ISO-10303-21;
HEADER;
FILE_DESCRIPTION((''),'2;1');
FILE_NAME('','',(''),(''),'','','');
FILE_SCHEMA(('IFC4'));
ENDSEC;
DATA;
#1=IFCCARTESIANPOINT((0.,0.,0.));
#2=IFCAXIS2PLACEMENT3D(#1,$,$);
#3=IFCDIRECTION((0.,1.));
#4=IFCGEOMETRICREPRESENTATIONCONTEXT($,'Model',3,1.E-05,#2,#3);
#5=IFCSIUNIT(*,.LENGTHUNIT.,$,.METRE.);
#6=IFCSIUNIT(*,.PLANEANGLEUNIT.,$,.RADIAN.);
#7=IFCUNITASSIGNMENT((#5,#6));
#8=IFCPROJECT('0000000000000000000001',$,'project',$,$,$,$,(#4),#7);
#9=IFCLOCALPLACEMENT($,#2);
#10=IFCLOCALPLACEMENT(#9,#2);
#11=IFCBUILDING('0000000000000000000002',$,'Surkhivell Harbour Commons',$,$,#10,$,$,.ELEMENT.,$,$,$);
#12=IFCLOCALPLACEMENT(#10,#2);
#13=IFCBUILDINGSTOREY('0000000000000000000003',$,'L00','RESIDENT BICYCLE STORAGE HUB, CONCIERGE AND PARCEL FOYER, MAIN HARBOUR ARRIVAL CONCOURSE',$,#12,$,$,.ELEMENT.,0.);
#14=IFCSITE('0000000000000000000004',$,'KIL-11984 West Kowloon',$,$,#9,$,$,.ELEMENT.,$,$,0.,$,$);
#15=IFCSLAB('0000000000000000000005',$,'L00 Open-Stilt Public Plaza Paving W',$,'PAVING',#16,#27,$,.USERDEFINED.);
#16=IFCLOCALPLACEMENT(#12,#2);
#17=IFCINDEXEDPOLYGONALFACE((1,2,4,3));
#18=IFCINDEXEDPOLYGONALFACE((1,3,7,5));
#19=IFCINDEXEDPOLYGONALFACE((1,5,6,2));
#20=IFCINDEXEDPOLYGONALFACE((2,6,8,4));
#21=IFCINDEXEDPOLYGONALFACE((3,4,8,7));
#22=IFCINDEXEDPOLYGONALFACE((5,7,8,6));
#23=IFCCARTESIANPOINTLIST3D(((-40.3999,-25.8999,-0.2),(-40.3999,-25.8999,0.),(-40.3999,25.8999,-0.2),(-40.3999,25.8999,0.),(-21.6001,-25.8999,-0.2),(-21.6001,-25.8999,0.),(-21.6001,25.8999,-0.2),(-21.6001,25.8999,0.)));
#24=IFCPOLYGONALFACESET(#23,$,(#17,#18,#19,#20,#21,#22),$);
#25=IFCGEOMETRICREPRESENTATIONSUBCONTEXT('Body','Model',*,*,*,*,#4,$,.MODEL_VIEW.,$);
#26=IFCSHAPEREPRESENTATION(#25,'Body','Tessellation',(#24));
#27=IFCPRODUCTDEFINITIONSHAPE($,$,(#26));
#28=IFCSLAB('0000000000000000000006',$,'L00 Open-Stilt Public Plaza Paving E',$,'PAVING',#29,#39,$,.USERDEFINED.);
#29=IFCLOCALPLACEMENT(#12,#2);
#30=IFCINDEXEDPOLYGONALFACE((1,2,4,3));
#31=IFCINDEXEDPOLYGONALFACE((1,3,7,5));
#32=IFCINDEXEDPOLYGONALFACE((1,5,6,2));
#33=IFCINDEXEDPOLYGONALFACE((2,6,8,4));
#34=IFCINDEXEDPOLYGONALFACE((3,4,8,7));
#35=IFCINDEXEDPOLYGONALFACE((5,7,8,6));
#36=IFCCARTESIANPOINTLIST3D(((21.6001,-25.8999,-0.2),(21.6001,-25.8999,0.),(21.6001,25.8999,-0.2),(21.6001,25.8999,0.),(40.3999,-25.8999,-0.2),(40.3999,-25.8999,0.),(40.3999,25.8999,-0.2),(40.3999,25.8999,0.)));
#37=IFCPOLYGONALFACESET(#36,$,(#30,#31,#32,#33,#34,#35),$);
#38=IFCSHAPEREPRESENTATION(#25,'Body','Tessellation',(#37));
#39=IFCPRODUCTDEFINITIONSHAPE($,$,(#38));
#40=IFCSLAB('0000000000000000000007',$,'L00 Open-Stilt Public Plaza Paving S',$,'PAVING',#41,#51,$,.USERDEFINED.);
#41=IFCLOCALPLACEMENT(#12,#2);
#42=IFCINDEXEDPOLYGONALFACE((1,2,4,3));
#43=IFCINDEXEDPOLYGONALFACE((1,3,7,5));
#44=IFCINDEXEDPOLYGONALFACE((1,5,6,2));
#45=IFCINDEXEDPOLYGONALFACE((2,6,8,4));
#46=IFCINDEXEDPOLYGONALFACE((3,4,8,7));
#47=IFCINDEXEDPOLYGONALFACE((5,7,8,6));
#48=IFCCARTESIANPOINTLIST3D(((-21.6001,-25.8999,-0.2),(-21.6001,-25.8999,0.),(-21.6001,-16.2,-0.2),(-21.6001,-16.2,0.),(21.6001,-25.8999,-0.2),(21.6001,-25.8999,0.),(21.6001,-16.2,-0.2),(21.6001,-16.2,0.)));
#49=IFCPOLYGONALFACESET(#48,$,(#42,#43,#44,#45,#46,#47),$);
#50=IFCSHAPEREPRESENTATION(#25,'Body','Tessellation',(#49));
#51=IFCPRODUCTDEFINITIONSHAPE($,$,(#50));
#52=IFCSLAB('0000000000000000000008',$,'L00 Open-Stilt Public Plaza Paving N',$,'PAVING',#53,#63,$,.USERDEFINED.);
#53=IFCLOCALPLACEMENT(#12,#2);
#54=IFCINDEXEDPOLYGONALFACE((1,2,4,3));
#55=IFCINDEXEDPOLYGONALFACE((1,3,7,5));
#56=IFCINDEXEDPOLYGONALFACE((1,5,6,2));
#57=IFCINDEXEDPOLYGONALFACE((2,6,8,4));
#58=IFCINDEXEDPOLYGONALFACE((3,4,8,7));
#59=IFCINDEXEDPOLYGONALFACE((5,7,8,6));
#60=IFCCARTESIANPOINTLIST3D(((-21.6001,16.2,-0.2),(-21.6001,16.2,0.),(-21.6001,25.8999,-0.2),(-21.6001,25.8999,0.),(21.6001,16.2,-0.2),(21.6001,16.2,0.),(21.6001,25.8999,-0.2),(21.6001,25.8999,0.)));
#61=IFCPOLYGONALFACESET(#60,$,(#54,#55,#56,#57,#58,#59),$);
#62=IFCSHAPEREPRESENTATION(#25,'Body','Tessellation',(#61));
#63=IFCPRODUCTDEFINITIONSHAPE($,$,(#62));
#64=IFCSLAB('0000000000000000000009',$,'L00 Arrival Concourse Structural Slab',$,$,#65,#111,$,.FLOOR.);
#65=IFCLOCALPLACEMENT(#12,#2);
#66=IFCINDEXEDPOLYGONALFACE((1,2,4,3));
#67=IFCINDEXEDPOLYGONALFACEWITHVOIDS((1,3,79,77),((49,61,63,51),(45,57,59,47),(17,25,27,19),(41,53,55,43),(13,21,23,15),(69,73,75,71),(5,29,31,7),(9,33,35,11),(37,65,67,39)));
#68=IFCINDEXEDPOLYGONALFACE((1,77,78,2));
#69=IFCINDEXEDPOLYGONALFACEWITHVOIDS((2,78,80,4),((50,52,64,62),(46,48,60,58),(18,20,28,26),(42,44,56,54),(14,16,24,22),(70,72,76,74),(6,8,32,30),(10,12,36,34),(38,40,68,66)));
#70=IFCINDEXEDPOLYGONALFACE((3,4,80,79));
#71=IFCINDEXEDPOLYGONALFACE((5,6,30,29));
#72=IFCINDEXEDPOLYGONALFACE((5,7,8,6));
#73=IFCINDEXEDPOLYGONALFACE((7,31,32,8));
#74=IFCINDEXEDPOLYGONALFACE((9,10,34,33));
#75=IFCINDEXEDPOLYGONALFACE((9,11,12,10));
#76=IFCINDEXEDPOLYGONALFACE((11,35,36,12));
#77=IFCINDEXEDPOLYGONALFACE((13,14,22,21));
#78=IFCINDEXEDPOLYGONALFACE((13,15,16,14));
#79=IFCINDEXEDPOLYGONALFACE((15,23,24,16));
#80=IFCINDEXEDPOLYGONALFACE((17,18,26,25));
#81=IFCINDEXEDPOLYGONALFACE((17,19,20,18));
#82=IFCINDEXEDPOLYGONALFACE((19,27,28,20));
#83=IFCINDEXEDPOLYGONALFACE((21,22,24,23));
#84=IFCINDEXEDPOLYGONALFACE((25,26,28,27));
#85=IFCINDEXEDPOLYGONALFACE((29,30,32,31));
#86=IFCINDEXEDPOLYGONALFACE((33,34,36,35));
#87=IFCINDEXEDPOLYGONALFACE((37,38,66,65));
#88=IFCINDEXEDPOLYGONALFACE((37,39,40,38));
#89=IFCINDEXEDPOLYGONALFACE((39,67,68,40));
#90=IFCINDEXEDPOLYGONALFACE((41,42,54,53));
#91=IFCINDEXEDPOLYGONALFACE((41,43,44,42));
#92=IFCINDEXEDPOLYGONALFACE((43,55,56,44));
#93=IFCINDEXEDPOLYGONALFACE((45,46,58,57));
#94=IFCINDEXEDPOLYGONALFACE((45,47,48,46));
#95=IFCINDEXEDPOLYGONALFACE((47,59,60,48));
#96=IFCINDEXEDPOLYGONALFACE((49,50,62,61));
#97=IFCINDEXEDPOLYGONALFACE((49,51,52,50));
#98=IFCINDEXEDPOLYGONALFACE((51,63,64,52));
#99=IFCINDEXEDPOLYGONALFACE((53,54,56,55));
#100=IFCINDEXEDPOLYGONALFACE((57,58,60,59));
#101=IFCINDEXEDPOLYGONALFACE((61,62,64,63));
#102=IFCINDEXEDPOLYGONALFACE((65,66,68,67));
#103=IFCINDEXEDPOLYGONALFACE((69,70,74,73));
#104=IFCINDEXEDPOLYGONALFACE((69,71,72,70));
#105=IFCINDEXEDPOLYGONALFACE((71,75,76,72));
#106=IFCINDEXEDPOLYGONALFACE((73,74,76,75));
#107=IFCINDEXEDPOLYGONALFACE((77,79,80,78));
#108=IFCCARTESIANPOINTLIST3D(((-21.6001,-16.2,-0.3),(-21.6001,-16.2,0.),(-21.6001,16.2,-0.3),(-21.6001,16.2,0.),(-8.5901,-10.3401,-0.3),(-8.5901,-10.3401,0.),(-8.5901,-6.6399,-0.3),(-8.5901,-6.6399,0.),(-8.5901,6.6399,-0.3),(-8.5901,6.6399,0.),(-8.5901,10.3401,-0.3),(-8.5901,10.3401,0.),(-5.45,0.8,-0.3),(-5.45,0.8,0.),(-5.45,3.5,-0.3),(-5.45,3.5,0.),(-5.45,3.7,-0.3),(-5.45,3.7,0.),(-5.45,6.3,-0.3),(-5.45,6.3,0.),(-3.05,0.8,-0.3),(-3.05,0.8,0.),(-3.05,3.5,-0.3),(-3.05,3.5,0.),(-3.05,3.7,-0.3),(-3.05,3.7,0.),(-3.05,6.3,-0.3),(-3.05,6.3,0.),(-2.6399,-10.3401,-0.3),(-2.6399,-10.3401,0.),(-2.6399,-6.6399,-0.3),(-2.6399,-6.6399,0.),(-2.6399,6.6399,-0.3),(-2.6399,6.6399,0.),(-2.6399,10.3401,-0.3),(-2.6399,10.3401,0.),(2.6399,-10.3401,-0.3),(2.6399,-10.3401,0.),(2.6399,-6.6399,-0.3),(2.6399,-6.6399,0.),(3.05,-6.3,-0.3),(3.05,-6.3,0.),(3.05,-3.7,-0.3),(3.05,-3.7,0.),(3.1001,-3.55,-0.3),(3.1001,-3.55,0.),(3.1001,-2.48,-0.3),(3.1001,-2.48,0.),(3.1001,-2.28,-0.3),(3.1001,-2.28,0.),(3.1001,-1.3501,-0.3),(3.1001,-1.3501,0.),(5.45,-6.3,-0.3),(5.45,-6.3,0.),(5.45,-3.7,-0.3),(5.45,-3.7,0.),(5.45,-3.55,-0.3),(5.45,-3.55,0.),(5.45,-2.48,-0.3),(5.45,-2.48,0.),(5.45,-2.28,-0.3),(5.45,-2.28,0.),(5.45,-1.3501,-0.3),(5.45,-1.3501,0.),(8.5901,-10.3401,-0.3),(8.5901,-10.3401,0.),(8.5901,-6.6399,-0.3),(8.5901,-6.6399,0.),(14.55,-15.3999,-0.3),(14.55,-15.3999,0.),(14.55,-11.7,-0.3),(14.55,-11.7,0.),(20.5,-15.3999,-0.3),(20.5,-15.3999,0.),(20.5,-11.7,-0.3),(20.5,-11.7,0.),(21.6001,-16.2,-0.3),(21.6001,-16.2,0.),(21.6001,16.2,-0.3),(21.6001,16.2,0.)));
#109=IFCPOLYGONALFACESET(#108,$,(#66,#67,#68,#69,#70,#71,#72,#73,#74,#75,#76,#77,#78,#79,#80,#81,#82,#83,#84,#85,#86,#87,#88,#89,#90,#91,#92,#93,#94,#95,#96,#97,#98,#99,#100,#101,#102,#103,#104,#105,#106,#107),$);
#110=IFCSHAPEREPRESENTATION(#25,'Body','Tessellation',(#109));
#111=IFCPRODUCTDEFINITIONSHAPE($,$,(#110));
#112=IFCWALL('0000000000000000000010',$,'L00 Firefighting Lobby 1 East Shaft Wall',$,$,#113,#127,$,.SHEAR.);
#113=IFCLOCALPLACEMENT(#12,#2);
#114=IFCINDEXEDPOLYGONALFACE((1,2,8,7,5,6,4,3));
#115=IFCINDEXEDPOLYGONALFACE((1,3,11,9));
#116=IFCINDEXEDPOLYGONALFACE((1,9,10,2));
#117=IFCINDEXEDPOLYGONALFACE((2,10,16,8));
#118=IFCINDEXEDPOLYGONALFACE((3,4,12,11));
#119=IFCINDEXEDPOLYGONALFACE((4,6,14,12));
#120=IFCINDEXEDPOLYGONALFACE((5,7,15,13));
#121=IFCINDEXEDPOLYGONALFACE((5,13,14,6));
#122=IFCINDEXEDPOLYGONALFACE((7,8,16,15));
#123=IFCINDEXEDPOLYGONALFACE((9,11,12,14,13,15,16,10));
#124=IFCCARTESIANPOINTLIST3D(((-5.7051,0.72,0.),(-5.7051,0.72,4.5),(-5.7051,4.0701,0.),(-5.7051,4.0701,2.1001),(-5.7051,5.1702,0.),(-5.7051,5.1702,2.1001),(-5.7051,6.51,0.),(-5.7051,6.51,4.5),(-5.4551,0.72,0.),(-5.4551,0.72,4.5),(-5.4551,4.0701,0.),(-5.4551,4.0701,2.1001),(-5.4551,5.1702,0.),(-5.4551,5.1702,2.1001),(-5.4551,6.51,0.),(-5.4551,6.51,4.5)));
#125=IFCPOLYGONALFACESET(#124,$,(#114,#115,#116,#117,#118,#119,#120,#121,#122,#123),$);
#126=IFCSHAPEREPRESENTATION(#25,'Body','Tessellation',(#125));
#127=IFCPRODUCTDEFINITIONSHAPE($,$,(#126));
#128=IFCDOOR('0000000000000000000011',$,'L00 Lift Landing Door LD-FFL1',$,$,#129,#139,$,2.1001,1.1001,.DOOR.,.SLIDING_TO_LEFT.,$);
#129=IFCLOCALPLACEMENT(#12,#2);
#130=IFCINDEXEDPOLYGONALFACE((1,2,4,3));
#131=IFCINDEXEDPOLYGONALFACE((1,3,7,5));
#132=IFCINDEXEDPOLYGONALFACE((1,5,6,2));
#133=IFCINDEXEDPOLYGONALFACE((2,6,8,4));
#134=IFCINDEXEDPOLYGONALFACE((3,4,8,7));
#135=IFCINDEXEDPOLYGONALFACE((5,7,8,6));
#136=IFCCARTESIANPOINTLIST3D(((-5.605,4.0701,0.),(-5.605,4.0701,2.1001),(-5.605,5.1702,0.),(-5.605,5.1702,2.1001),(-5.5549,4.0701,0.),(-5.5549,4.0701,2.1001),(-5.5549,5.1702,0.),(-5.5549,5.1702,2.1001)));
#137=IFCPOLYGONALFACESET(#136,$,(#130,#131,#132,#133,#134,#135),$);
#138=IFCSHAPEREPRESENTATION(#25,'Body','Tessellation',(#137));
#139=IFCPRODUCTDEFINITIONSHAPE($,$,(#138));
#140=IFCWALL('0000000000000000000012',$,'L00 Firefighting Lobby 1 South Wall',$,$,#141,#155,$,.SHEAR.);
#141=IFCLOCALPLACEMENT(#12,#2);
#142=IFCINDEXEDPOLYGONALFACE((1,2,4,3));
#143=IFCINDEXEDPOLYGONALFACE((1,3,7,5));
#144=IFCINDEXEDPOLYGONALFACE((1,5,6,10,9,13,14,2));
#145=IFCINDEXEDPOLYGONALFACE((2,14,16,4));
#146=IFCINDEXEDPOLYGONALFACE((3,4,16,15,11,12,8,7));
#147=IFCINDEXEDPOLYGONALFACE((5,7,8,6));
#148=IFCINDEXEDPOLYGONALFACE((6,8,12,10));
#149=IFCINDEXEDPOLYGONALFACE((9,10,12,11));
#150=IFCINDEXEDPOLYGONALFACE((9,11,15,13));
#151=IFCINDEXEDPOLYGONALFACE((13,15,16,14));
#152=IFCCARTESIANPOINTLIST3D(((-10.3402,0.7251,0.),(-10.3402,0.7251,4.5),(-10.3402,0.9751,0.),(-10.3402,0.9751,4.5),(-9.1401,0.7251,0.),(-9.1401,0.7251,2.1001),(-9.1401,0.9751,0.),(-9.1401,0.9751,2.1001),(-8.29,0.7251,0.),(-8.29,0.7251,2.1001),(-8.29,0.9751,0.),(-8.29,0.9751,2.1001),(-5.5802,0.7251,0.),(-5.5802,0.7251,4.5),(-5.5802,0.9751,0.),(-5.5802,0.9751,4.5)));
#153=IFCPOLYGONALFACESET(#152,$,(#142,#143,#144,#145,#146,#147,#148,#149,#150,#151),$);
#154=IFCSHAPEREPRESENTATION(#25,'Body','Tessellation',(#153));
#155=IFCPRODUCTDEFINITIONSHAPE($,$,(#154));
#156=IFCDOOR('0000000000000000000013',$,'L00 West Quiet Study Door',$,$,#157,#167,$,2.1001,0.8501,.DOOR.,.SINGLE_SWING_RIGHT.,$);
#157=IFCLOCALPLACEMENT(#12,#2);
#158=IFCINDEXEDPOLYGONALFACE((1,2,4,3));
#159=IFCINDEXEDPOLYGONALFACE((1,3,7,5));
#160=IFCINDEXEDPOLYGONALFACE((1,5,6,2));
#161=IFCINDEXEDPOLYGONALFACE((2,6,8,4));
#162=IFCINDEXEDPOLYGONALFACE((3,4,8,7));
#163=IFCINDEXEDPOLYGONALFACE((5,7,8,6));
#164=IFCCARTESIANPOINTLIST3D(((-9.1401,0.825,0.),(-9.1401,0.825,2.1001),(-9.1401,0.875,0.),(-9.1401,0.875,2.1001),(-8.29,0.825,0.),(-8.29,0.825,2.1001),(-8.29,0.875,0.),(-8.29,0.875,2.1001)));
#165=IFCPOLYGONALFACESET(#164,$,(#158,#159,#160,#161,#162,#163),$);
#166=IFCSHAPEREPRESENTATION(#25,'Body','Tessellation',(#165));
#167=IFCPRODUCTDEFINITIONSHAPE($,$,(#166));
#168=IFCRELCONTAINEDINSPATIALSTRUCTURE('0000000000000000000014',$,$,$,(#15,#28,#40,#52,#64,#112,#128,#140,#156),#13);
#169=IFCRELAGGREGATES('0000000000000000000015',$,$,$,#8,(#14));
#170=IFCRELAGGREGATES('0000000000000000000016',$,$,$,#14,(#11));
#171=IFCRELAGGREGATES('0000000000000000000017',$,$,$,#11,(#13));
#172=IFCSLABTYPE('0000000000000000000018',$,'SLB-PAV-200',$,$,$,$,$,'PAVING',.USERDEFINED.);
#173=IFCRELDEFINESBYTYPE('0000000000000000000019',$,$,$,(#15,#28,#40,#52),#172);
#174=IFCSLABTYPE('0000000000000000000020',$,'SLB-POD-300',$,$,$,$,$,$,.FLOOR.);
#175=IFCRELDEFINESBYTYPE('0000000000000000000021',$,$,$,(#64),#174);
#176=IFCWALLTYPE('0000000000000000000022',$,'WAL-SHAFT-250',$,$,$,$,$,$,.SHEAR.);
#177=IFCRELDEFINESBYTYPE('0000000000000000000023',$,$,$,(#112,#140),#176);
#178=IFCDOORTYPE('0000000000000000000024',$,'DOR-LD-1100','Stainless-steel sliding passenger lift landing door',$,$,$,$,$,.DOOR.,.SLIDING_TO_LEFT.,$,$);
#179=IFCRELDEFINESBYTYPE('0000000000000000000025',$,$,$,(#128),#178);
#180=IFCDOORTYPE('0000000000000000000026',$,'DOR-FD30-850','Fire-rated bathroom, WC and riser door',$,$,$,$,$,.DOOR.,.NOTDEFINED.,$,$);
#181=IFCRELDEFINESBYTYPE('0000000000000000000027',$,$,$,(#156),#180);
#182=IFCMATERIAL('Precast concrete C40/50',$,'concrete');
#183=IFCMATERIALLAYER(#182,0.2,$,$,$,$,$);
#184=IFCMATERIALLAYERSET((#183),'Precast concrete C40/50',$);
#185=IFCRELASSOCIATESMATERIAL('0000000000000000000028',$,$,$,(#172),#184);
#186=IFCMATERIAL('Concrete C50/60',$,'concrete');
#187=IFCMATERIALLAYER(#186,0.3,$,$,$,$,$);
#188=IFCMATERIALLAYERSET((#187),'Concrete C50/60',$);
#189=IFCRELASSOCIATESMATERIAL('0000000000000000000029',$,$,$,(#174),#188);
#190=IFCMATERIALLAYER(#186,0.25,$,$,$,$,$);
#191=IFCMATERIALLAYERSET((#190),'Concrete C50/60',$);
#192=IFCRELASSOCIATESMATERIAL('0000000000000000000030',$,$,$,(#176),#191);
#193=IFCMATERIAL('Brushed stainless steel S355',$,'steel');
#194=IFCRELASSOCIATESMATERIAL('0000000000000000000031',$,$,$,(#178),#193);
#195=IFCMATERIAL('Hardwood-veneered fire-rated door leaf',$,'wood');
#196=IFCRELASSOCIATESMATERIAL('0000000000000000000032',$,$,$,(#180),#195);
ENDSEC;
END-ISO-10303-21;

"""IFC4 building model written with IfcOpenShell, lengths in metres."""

from ifc_helpers import new_model, si_unit, direction, frame, frame_2d, origin, place, context, subcontext, project, spatial, polyline, rectangle, outline, extrude, material, layer, layer_set, type_object, element, fill, save


model = new_model("IFC4")

# Units and contexts
model_context = context("Model", 3, precision=1e-05, world=origin(), true_north=direction((0.0, 1.0)))
body_context = subcontext(model_context, "Body", "Model", "MODEL_VIEW")
ifc_project = project(units=[si_unit("LENGTHUNIT", "METRE"), si_unit("PLANEANGLEUNIT", "RADIAN")], contexts=[model_context])

# Site, building, storey
site_placement = place(None, origin())
site = spatial("IfcSite", under=ifc_project, at=site_placement, Name="KIL-11984 West Kowloon", CompositionType="ELEMENT", RefElevation=0.0)
building_placement = place(site_placement, origin())
building = spatial("IfcBuilding", under=site, at=building_placement, Name="Surkhivell Harbour Commons", CompositionType="ELEMENT")
storey_placement = place(building_placement, origin())
storey = spatial("IfcBuildingStorey", under=building, at=storey_placement, Name="L00", Description="RESIDENT BICYCLE STORAGE HUB, CONCIERGE AND PARCEL FOYER, MAIN HARBOUR ARRIVAL CONCOURSE", CompositionType="ELEMENT", Elevation=0.0)

# Slabs
ifc_material_1 = material(Name="Precast concrete C40/50", Category="concrete")
ifc_layer_1 = layer(ifc_material_1, 0.2)
ifc_layer_set_1 = layer_set([ifc_layer_1], Name="Precast concrete C40/50")
slab_type_1 = type_object("IfcSlabType", Name="SLB-PAV-200", ElementType="PAVING", PredefinedType="USERDEFINED", material=ifc_layer_set_1)
slab_1_placement = place(storey_placement, frame((0.0, 0.0, -0.2)))
element("IfcSlab", 1, at=slab_1_placement, inside=storey, type_object=slab_type_1, Name="L00 Open-Stilt Public Plaza Paving W", ObjectType="PAVING", PredefinedType="USERDEFINED", context=body_context, shape_type="SweptSolid", body=[
    extrude(outline(polyline([(-40.3999, -25.8999), (-21.6001, -25.8999), (-21.6001, 25.8999), (-40.3999, 25.8999), (-40.3999, -25.8999)])), origin(), (0.0, 0.0, 1.0), 0.2),
])
slab_2_placement = place(storey_placement, frame((0.0, 0.0, -0.2)))
element("IfcSlab", 2, at=slab_2_placement, inside=storey, type_object=slab_type_1, Name="L00 Open-Stilt Public Plaza Paving E", ObjectType="PAVING", PredefinedType="USERDEFINED", context=body_context, shape_type="SweptSolid", body=[
    extrude(outline(polyline([(21.6001, -25.8999), (40.3999, -25.8999), (40.3999, 25.8999), (21.6001, 25.8999), (21.6001, -25.8999)])), origin(), (0.0, 0.0, 1.0), 0.2),
])
slab_3_placement = place(storey_placement, frame((0.0, 0.0, -0.2)))
element("IfcSlab", 3, at=slab_3_placement, inside=storey, type_object=slab_type_1, Name="L00 Open-Stilt Public Plaza Paving S", ObjectType="PAVING", PredefinedType="USERDEFINED", context=body_context, shape_type="SweptSolid", body=[
    extrude(outline(polyline([(-21.6001, -25.8999), (21.6001, -25.8999), (21.6001, -16.2), (-21.6001, -16.2), (-21.6001, -25.8999)])), origin(), (0.0, 0.0, 1.0), 0.2),
])
slab_4_placement = place(storey_placement, frame((0.0, 0.0, -0.2)))
element("IfcSlab", 4, at=slab_4_placement, inside=storey, type_object=slab_type_1, Name="L00 Open-Stilt Public Plaza Paving N", ObjectType="PAVING", PredefinedType="USERDEFINED", context=body_context, shape_type="SweptSolid", body=[
    extrude(outline(polyline([(-21.6001, 16.2), (21.6001, 16.2), (21.6001, 25.8999), (-21.6001, 25.8999), (-21.6001, 16.2)])), origin(), (0.0, 0.0, 1.0), 0.2),
])
ifc_material_2 = material(Name="Concrete C50/60", Category="concrete")
ifc_layer_2 = layer(ifc_material_2, 0.3)
ifc_layer_set_2 = layer_set([ifc_layer_2], Name="Concrete C50/60")
slab_type_2 = type_object("IfcSlabType", Name="SLB-POD-300", PredefinedType="FLOOR", material=ifc_layer_set_2)
slab_5_placement = place(storey_placement, frame((0.0, 0.0, -0.3)))
element("IfcSlab", 5, at=slab_5_placement, inside=storey, type_object=slab_type_2, Name="L00 Arrival Concourse Structural Slab", PredefinedType="FLOOR", context=body_context, shape_type="SweptSolid", body=[
    extrude(outline(polyline([(-21.6001, -16.2), (21.6001, -16.2), (21.6001, 16.2), (-21.6001, 16.2), (-21.6001, -16.2)]), holes=[polyline([(-8.5901, 6.6399), (-2.6399, 6.6399), (-2.6399, 10.3401), (-8.5901, 10.3401), (-8.5901, 6.6399)]), polyline([(8.5901, -6.6399), (2.6399, -6.6399), (2.6399, -10.3401), (8.5901, -10.3401), (8.5901, -6.6399)]), polyline([(-8.5901, -10.3401), (-2.6399, -10.3401), (-2.6399, -6.6399), (-8.5901, -6.6399), (-8.5901, -10.3401)]), polyline([(14.55, -15.3999), (20.5, -15.3999), (20.5, -11.7), (14.55, -11.7), (14.55, -15.3999)]), polyline([(-5.45, 3.7), (-3.05, 3.7), (-3.05, 6.3), (-5.45, 6.3), (-5.45, 3.7)]), polyline([(3.05, -6.3), (5.45, -6.3), (5.45, -3.7), (3.05, -3.7), (3.05, -6.3)]), polyline([(-5.45, 0.8), (-3.05, 0.8), (-3.05, 3.5), (-5.45, 3.5), (-5.45, 0.8)]), polyline([(3.1001, -3.55), (5.45, -3.55), (5.45, -2.48), (3.1001, -2.48), (3.1001, -3.55)]), polyline([(3.1001, -2.28), (5.45, -2.28), (5.45, -1.3501), (3.1001, -1.3501), (3.1001, -2.28)])]), origin(), (0.0, 0.0, 1.0), 0.3),
])

# Walls, openings, doors
ifc_layer_3 = layer(ifc_material_2, 0.25)
ifc_layer_set_3 = layer_set([ifc_layer_3], Name="Concrete C50/60")
wall_type = type_object("IfcWallType", Name="WAL-SHAFT-250", PredefinedType="SHEAR", material=ifc_layer_set_3)
wall_1_placement = place(storey_placement, frame((-5.5801, 0.72, 0.0), z_axis=(0.0, 0.0, 1.0), x_axis=(0.0, 1.0, 0.0)))
wall_1 = element("IfcWall", 6, at=wall_1_placement, inside=storey, type_object=wall_type, Name="L00 Firefighting Lobby 1 East Shaft Wall", PredefinedType="SHEAR", context=body_context, shape_type="SweptSolid", body=[
    extrude(rectangle(XDim=5.79, YDim=0.25, at=frame_2d((2.895, 0.0))), origin(), (0.0, 0.0, 1.0), 4.5),
])
opening_1_placement = place(wall_1_placement, frame((3.3501, 0.0, 0.0)))
opening_1 = element("IfcOpeningElement", 7, at=opening_1_placement, cuts=wall_1, PredefinedType="OPENING", context=body_context, shape_type="SweptSolid", body=[
    extrude(rectangle(XDim=1.1001, YDim=2.1001, at=frame_2d((0.55, 1.05))), frame((0.0, 0.135, 0.0), z_axis=(0.0, -1.0, 0.0), x_axis=(1.0, 0.0, 0.0)), (0.0, 0.0, 1.0), 0.27),
])
ifc_material_3 = material(Name="Brushed stainless steel S355", Category="steel")
door_type_1 = type_object("IfcDoorType", Name="DOR-LD-1100", Description="Stainless-steel sliding passenger lift landing door", OperationType="SLIDING_TO_LEFT", PredefinedType="DOOR", material=ifc_material_3)
door_1_placement = place(opening_1_placement, origin())
door_1 = element("IfcDoor", 8, at=door_1_placement, inside=storey, type_object=door_type_1, Name="L00 Lift Landing Door LD-FFL1", OperationType="SLIDING_TO_LEFT", OverallHeight=2.1001, OverallWidth=1.1001, PredefinedType="DOOR", context=body_context, shape_type="SweptSolid", body=[
    extrude(rectangle(XDim=1.1001, YDim=2.1001, at=frame_2d((0.55, 1.05))), frame((0.0, 0.0249, 0.0), z_axis=(0.0, -1.0, 0.0), x_axis=(1.0, 0.0, 0.0)), (0.0, 0.0, 1.0), 0.05),
])
fill(opening_1, door_1)
wall_2_placement = place(storey_placement, frame((-10.3401, 0.8501, 0.0), z_axis=(0.0, 0.0, 1.0), x_axis=(1.0, 0.0, 0.0)))
wall_2 = element("IfcWall", 9, at=wall_2_placement, inside=storey, type_object=wall_type, Name="L00 Firefighting Lobby 1 South Wall", PredefinedType="SHEAR", context=body_context, shape_type="SweptSolid", body=[
    extrude(rectangle(XDim=4.76, YDim=0.25, at=frame_2d((2.3799, 0.0))), origin(), (0.0, 0.0, 1.0), 4.5),
])
opening_2_placement = place(wall_2_placement, frame((1.2, 0.0, 0.0)))
opening_2 = element("IfcOpeningElement", 10, at=opening_2_placement, cuts=wall_2, PredefinedType="OPENING", context=body_context, shape_type="SweptSolid", body=[
    extrude(rectangle(XDim=0.8501, YDim=2.1001, at=frame_2d((0.425, 1.05))), frame((0.0, 0.135, 0.0), z_axis=(0.0, -1.0, 0.0), x_axis=(1.0, 0.0, 0.0)), (0.0, 0.0, 1.0), 0.27),
])
ifc_material_4 = material(Name="Hardwood-veneered fire-rated door leaf", Category="wood")
door_type_2 = type_object("IfcDoorType", Name="DOR-FD30-850", Description="Fire-rated bathroom, WC and riser door", OperationType="NOTDEFINED", PredefinedType="DOOR", material=ifc_material_4)
door_2_placement = place(opening_2_placement, origin())
door_2 = element("IfcDoor", 11, at=door_2_placement, inside=storey, type_object=door_type_2, Name="L00 West Quiet Study Door", OperationType="SINGLE_SWING_RIGHT", OverallHeight=2.1001, OverallWidth=0.8501, PredefinedType="DOOR", context=body_context, shape_type="SweptSolid", body=[
    extrude(rectangle(XDim=0.8501, YDim=2.1001, at=frame_2d((0.425, 1.05))), frame((0.0, 0.0249, 0.0), z_axis=(0.0, -1.0, 0.0), x_axis=(1.0, 0.0, 0.0)), (0.0, 0.0, 1.0), 0.05),
])
fill(opening_2, door_2)

save(model, "model.ifc")
